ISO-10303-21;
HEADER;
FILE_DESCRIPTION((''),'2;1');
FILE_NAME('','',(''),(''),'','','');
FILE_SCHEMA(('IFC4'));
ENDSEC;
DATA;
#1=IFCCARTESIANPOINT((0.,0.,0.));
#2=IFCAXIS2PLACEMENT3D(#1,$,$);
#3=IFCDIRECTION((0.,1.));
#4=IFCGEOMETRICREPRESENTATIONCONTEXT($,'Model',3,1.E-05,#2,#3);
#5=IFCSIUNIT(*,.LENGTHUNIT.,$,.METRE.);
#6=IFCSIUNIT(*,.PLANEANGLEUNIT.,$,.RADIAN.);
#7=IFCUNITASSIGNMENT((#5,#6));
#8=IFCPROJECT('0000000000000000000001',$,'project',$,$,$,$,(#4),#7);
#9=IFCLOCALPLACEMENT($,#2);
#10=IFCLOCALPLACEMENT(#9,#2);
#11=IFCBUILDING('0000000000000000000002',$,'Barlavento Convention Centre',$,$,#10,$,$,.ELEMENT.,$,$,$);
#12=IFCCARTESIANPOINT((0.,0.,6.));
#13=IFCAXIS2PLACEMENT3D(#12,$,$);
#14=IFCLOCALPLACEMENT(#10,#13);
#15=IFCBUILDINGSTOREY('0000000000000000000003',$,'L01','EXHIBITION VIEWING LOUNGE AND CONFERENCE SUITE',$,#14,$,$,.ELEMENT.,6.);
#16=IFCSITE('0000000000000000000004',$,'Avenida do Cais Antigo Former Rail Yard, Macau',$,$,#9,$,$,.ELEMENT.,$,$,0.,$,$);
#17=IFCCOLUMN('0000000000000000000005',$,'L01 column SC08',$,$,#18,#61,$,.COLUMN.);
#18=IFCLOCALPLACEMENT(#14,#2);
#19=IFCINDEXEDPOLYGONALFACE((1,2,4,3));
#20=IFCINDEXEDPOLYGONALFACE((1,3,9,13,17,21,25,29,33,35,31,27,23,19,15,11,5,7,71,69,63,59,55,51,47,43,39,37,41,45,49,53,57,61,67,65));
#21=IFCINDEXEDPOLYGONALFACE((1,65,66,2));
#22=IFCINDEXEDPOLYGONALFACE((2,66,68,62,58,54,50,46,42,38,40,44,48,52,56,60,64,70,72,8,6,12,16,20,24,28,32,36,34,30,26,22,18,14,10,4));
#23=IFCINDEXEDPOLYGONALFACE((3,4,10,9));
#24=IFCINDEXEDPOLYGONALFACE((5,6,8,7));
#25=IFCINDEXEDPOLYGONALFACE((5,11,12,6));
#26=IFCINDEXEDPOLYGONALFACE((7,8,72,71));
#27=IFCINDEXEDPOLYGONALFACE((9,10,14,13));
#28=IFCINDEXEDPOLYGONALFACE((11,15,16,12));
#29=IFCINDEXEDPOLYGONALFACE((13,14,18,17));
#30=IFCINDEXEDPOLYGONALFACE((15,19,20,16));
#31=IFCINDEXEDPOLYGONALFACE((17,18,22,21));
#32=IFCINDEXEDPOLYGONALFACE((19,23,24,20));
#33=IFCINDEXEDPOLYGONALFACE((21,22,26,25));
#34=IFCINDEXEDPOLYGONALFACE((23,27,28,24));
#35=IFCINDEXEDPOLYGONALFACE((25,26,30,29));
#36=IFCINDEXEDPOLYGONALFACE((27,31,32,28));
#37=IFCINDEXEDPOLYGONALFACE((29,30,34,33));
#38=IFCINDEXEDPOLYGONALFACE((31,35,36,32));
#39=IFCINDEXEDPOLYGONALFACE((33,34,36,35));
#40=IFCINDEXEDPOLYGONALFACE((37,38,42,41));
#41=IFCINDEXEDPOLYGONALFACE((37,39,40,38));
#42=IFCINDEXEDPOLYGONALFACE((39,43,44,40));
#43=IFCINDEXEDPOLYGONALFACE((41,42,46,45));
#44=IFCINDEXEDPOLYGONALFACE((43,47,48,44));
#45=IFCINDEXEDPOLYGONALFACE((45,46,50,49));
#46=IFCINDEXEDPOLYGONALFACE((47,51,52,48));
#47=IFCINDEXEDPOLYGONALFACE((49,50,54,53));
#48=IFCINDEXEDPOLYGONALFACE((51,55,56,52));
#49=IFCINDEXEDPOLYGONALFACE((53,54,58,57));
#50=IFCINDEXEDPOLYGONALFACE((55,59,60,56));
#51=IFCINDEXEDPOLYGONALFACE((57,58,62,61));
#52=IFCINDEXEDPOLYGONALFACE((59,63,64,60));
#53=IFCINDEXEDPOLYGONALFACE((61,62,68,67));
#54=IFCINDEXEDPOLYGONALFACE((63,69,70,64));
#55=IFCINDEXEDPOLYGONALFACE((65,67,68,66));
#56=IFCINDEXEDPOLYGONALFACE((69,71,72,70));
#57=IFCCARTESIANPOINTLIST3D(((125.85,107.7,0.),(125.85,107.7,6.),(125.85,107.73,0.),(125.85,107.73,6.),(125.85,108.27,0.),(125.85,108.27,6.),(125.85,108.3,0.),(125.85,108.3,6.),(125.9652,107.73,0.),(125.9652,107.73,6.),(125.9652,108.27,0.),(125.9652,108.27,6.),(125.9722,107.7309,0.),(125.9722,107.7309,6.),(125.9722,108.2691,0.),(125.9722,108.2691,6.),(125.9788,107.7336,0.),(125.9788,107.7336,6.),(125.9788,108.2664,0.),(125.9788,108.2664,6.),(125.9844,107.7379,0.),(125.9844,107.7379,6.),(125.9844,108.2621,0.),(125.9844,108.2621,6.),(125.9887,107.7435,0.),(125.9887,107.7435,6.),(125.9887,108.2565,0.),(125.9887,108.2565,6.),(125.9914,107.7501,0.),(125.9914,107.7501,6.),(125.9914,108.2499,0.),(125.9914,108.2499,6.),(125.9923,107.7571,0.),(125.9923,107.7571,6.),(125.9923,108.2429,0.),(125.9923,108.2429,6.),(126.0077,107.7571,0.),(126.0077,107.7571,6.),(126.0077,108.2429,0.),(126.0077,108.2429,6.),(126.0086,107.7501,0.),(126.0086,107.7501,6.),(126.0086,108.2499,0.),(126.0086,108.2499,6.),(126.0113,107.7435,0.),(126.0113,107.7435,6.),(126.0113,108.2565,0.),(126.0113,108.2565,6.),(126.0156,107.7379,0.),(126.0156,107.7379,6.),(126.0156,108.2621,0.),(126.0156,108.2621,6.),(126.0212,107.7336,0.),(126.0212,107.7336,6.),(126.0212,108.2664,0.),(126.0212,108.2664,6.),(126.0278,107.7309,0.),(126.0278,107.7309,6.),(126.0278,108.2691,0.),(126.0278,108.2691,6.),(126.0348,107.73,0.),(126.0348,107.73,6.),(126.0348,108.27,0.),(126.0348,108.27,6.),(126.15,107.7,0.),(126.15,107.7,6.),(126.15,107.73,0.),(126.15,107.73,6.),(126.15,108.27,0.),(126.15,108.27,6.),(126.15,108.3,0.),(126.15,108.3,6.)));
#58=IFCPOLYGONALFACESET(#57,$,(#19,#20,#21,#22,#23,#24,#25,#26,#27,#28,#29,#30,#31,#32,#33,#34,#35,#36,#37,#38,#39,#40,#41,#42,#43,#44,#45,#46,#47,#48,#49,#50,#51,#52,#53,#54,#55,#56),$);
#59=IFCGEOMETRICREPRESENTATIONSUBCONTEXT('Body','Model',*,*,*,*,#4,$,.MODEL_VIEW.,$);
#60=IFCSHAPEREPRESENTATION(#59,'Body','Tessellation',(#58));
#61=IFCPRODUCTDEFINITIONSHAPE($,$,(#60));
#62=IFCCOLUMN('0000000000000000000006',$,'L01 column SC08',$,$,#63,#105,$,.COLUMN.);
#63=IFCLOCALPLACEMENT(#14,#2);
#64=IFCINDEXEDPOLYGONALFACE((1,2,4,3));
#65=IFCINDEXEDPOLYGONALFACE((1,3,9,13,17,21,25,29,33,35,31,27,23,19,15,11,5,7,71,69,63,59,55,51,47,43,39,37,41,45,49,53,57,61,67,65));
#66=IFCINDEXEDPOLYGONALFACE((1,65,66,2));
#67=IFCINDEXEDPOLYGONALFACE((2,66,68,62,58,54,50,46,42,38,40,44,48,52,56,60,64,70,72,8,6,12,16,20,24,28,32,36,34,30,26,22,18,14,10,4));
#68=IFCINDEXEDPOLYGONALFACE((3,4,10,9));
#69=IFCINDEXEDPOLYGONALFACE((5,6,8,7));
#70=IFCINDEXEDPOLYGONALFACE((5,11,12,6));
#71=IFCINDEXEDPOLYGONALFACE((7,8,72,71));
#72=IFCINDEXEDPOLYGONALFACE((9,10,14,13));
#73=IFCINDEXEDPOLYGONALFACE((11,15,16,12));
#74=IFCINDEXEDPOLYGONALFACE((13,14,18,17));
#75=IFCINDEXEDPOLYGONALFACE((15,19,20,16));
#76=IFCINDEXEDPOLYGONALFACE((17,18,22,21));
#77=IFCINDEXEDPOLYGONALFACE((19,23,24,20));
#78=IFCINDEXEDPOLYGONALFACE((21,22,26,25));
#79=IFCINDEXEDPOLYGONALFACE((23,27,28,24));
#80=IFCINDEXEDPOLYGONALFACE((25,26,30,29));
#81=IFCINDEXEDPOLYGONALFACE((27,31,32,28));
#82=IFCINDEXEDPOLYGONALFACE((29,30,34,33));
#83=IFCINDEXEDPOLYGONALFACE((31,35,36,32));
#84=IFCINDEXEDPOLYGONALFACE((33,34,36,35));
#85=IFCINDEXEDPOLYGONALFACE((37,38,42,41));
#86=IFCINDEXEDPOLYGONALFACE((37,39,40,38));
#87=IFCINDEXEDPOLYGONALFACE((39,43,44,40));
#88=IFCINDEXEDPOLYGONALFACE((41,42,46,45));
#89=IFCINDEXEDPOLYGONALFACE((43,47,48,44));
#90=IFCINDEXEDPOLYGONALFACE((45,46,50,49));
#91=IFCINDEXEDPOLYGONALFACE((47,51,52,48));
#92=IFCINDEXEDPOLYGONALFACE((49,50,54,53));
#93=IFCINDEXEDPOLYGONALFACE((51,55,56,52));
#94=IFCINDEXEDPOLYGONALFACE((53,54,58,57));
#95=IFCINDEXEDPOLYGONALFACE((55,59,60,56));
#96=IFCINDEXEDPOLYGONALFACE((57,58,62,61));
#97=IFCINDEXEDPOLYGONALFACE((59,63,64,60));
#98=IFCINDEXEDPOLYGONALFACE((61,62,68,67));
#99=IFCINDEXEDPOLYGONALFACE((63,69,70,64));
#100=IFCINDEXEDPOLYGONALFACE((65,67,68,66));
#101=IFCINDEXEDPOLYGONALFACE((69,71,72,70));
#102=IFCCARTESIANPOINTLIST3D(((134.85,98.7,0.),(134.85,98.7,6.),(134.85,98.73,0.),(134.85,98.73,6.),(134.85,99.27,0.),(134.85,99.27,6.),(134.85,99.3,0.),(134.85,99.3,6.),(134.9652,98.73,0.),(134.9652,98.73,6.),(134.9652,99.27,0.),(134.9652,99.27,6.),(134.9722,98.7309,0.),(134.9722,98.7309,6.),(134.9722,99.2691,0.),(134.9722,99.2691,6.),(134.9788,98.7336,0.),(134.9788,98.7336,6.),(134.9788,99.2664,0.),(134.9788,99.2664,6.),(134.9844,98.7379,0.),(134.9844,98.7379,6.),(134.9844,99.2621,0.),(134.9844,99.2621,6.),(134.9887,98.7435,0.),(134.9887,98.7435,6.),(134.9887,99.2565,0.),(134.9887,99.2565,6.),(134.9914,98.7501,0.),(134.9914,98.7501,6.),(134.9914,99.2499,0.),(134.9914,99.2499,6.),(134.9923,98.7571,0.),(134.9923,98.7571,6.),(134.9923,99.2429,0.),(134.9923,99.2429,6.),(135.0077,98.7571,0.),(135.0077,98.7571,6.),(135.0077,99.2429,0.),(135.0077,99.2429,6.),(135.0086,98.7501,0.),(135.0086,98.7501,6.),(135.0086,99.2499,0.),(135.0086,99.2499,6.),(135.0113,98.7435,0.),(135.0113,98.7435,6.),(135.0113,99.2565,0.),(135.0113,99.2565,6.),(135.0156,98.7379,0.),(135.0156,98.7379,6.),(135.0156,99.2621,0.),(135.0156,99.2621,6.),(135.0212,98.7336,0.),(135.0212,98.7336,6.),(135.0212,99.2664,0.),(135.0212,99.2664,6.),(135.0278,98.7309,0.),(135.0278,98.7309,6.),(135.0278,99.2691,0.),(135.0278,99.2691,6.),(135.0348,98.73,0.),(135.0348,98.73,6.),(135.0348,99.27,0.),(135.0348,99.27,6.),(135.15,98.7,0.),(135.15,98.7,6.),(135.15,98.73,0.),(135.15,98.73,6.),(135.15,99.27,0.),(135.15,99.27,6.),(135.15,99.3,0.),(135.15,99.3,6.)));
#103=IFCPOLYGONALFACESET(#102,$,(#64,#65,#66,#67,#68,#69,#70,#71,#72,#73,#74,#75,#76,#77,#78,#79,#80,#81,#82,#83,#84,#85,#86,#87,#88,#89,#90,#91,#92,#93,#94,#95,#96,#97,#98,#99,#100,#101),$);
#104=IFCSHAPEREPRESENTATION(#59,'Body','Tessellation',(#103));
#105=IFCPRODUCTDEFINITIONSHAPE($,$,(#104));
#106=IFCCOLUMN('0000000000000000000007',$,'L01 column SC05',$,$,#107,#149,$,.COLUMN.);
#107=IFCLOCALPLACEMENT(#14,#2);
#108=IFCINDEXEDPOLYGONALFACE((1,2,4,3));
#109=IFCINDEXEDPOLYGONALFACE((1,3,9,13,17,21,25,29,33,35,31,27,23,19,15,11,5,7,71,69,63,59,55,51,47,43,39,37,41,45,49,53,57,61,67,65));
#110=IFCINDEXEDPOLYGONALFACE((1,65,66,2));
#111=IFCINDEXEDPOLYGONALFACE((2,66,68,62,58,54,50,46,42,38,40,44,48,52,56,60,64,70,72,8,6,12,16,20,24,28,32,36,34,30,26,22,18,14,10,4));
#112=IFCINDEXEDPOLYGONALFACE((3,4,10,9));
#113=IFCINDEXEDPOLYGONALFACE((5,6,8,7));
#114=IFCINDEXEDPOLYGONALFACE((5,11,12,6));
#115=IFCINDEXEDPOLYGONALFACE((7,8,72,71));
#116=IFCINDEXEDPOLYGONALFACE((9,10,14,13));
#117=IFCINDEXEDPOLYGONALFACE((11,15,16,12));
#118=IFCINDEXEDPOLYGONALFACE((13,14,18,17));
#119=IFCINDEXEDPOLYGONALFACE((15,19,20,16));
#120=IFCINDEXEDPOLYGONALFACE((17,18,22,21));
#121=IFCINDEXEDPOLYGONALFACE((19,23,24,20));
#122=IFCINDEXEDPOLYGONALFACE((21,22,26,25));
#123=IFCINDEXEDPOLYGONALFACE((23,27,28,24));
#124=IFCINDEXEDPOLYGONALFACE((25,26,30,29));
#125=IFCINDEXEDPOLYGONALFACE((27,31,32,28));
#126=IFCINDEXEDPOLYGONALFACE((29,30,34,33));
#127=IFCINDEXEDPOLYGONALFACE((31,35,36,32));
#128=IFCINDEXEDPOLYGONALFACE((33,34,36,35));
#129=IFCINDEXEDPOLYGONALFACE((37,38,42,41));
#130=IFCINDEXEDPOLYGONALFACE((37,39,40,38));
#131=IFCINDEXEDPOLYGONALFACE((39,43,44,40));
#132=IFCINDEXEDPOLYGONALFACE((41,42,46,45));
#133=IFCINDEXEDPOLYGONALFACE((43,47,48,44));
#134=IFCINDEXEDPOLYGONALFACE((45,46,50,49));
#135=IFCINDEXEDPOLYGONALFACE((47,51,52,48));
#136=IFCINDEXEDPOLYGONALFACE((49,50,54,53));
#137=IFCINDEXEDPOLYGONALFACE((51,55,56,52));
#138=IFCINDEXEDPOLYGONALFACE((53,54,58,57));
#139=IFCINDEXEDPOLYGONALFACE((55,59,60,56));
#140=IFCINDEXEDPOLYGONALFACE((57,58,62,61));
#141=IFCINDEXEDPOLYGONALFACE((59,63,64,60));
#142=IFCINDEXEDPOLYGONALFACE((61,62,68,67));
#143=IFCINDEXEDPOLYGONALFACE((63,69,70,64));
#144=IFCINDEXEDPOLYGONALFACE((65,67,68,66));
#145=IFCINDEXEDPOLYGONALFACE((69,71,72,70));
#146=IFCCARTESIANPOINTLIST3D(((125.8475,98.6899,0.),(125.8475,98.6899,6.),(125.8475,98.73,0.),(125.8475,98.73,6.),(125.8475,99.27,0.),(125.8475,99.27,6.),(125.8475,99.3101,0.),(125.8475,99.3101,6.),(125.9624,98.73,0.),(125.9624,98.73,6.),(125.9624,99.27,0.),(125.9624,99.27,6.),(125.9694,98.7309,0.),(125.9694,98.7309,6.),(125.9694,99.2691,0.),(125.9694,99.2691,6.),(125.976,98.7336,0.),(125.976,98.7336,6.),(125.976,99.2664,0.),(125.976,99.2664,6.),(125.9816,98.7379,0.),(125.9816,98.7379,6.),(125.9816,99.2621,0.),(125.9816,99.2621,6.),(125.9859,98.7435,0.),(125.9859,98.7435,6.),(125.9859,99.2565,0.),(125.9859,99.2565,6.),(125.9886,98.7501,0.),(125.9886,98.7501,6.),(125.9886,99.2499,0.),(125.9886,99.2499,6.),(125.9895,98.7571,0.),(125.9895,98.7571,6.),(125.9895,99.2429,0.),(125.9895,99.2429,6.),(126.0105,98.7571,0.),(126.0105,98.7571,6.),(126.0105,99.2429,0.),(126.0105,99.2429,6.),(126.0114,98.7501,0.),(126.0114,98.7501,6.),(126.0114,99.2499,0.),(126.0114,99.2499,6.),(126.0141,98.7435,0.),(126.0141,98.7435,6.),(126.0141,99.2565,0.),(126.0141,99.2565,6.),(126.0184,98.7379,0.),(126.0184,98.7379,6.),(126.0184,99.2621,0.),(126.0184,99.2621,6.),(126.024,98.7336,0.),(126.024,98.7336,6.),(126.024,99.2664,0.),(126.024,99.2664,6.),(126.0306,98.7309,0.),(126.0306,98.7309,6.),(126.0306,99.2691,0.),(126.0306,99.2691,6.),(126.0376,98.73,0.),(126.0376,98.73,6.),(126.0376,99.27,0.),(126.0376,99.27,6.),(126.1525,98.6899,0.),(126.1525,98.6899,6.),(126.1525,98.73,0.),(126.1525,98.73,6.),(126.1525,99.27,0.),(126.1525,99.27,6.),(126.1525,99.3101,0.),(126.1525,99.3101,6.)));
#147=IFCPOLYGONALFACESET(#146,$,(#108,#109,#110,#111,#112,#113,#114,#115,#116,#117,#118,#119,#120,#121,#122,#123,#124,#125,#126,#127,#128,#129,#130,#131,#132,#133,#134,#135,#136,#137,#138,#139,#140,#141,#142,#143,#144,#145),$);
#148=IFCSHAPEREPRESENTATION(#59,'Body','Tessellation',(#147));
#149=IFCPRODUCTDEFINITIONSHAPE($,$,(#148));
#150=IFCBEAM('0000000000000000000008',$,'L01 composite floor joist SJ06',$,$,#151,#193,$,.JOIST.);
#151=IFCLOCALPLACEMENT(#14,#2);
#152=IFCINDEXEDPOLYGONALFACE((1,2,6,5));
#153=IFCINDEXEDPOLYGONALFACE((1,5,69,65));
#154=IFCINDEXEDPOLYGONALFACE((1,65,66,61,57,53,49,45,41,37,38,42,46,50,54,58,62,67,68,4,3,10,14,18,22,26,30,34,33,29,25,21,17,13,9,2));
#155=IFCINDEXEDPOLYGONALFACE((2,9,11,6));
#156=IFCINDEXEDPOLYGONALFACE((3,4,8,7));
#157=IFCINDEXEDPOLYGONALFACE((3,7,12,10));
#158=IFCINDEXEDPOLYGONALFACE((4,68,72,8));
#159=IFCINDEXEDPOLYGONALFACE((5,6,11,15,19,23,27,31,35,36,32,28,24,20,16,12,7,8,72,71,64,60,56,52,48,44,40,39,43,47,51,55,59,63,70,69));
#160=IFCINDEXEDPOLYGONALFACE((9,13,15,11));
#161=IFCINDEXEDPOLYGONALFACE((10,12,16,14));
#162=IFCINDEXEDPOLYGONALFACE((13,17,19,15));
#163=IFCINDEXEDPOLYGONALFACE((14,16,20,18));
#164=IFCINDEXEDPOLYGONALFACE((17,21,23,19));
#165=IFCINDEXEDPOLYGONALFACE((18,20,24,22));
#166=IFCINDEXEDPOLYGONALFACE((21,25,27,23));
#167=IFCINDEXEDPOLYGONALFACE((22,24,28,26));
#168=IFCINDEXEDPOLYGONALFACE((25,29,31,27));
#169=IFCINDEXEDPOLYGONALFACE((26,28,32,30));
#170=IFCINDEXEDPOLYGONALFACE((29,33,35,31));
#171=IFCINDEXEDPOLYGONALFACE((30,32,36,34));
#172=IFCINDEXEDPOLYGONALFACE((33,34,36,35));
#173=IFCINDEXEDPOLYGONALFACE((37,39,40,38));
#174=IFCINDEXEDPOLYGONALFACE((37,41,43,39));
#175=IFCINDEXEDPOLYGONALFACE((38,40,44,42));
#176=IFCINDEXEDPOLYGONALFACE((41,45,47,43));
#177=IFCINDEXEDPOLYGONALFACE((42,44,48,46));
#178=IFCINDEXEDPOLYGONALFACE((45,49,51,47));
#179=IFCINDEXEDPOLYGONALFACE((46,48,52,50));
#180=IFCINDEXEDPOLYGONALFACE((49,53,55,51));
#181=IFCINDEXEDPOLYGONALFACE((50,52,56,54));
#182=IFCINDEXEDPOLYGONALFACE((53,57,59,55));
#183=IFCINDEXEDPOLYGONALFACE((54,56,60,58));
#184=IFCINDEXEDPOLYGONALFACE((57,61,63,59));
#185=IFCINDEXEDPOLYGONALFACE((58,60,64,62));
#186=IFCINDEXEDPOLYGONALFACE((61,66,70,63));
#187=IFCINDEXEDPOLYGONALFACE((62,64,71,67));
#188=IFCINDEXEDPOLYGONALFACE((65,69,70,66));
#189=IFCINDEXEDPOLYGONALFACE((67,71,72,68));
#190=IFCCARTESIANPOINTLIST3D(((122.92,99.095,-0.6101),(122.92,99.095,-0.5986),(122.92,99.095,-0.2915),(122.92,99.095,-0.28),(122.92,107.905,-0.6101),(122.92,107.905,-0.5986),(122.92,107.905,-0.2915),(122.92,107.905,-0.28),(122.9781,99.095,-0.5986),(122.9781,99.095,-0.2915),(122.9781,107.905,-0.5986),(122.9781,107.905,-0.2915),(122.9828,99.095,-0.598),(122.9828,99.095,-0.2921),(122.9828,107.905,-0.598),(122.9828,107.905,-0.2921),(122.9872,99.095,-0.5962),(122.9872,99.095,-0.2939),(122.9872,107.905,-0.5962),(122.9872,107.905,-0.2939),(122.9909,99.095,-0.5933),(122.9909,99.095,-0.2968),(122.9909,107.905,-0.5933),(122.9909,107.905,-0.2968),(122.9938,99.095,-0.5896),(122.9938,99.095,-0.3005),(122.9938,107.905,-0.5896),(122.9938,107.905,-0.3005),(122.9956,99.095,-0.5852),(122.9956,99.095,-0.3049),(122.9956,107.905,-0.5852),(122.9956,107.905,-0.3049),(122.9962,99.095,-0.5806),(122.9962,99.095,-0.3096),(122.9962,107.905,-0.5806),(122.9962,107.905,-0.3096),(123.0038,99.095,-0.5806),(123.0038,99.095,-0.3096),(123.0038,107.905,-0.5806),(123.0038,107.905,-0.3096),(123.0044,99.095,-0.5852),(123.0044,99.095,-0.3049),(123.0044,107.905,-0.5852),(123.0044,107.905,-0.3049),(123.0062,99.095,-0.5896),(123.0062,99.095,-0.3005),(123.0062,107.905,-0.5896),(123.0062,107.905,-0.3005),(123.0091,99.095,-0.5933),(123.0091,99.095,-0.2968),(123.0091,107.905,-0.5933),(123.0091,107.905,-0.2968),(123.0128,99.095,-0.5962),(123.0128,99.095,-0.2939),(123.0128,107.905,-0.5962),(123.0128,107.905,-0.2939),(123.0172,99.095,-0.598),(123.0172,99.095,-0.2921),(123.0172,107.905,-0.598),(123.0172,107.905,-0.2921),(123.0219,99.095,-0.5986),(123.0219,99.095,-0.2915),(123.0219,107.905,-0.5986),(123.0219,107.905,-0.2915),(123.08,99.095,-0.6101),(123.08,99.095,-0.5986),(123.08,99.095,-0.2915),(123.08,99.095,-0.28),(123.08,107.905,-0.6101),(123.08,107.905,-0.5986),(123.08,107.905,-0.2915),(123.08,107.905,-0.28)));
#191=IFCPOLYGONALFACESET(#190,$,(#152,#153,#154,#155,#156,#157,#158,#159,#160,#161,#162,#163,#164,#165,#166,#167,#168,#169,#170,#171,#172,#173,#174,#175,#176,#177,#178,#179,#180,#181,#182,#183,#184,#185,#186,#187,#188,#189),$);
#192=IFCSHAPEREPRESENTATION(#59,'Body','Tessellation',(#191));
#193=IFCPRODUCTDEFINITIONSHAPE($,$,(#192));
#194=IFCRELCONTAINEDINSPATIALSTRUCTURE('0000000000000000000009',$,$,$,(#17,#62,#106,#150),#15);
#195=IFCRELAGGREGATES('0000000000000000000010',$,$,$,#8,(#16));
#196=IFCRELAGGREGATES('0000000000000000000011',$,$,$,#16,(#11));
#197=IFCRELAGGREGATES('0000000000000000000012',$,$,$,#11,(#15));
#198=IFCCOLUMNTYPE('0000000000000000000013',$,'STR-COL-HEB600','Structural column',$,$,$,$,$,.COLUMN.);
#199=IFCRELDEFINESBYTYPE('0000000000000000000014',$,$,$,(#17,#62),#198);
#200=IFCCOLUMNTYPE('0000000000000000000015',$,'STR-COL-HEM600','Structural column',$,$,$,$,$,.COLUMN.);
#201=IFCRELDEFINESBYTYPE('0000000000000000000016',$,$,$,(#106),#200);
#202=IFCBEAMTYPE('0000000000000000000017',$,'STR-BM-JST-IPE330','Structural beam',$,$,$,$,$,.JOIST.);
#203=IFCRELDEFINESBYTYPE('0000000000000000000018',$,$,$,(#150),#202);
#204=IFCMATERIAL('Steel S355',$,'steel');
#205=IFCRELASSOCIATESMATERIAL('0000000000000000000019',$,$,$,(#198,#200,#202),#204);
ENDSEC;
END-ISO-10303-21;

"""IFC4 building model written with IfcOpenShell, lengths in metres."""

from ifc_helpers import new_model, si_unit, direction, frame, origin, origin_2d, place, context, subcontext, project, spatial, i_section, extrude, material, material_profile, profile_set, type_object, element, save


model = new_model("IFC4")

# Units and contexts
model_context = context("Model", 3, precision=1e-05, world=origin(), true_north=direction((0.0, 1.0)))
body_context = subcontext(model_context, "Body", "Model", "MODEL_VIEW")
ifc_project = project(units=[si_unit("LENGTHUNIT", "METRE"), si_unit("PLANEANGLEUNIT", "RADIAN")], contexts=[model_context])

# Site, building, storey
site_placement = place(None, origin())
site = spatial("IfcSite", under=ifc_project, at=site_placement, Name="Avenida do Cais Antigo Former Rail Yard, Macau", CompositionType="ELEMENT", RefElevation=0.0)
building_placement = place(site_placement, origin())
building = spatial("IfcBuilding", under=site, at=building_placement, Name="Barlavento Convention Centre", CompositionType="ELEMENT")
storey_placement = place(building_placement, frame((0.0, 0.0, 6.0)))
storey = spatial("IfcBuildingStorey", under=building, at=storey_placement, Name="L01", Description="EXHIBITION VIEWING LOUNGE AND CONFERENCE SUITE", CompositionType="ELEMENT", Elevation=6.0)

# Columns
ifc_material_1 = material(Name="Steel S355", Category="steel")
ifc_material_profile_1 = material_profile(ifc_material_1, i_section(OverallWidth=0.3, OverallDepth=0.6001, WebThickness=0.0154, FlangeThickness=0.03, FilletRadius=0.0271, at=origin_2d()), Name="HEB 600")
ifc_profile_set_1 = profile_set([ifc_material_profile_1], Name="Steel S355")
column_type_1 = type_object("IfcColumnType", Name="STR-COL-HEB600", Description="Structural column", PredefinedType="COLUMN", material=ifc_profile_set_1)
for number, where, z_axis, x_axis, name in (
    (1, (126.0, 108.0, 0.0), (0.0, 0.0, 1.0), (1.0, 0.0, 0.0), "L01 column SC08"),
    (2, (135.0, 99.0, 0.0), (0.0, 0.0, 1.0), (1.0, 0.0, 0.0), "L01 column SC08"),
):
    element("IfcColumn", number, at=place(storey_placement, frame(where, z_axis=z_axis, x_axis=x_axis)), inside=storey, type_object=column_type_1, Name=name, PredefinedType="COLUMN", context=body_context, shape_type="SweptSolid", body=[
        extrude(i_section(OverallWidth=0.3, OverallDepth=0.6001, WebThickness=0.0154, FlangeThickness=0.03, FilletRadius=0.0271, at=origin_2d()), origin(), (0.0, 0.0, 1.0), 6.0),
    ])
ifc_material_profile_2 = material_profile(ifc_material_1, i_section(OverallWidth=0.3049, OverallDepth=0.6201, WebThickness=0.021, FlangeThickness=0.04, FilletRadius=0.0271, at=origin_2d()), Name="HEM 600")
ifc_profile_set_2 = profile_set([ifc_material_profile_2], Name="Steel S355")
column_type_2 = type_object("IfcColumnType", Name="STR-COL-HEM600", Description="Structural column", PredefinedType="COLUMN", material=ifc_profile_set_2)
column_placement = place(storey_placement, frame((126.0, 99.0, 0.0), z_axis=(0.0, 0.0, 1.0), x_axis=(1.0, 0.0, 0.0)))
element("IfcColumn", 3, at=column_placement, inside=storey, type_object=column_type_2, Name="L01 column SC05", PredefinedType="COLUMN", context=body_context, shape_type="SweptSolid", body=[
    extrude(i_section(OverallWidth=0.3049, OverallDepth=0.6201, WebThickness=0.021, FlangeThickness=0.04, FilletRadius=0.0271, at=origin_2d()), origin(), (0.0, 0.0, 1.0), 6.0),
])

# Beam
ifc_material_profile_3 = material_profile(ifc_material_1, i_section(OverallWidth=0.1599, OverallDepth=0.3301, WebThickness=0.0076, FlangeThickness=0.0115, FilletRadius=0.0181, at=origin_2d()), Name="IPE 330")
ifc_profile_set_3 = profile_set([ifc_material_profile_3], Name="Steel S355")
beam_type_1 = type_object("IfcBeamType", Name="STR-BM-JST-IPE330", Description="Structural beam", PredefinedType="JOIST", material=ifc_profile_set_3)
beam_1_placement = place(storey_placement, frame((123.0, 99.095, -0.4451), z_axis=(0.0, 1.0, 0.0), x_axis=(-1.0, 0.0, 0.0)))
element("IfcBeam", 4, at=beam_1_placement, inside=storey, type_object=beam_type_1, Name="L01 composite floor joist SJ06", PredefinedType="JOIST", context=body_context, shape_type="SweptSolid", body=[
    extrude(i_section(OverallWidth=0.1599, OverallDepth=0.3301, WebThickness=0.0076, FlangeThickness=0.0115, FilletRadius=0.0181, at=origin_2d()), origin(), (0.0, 0.0, 1.0), 8.8101),
])

save(model, "model.ifc")
